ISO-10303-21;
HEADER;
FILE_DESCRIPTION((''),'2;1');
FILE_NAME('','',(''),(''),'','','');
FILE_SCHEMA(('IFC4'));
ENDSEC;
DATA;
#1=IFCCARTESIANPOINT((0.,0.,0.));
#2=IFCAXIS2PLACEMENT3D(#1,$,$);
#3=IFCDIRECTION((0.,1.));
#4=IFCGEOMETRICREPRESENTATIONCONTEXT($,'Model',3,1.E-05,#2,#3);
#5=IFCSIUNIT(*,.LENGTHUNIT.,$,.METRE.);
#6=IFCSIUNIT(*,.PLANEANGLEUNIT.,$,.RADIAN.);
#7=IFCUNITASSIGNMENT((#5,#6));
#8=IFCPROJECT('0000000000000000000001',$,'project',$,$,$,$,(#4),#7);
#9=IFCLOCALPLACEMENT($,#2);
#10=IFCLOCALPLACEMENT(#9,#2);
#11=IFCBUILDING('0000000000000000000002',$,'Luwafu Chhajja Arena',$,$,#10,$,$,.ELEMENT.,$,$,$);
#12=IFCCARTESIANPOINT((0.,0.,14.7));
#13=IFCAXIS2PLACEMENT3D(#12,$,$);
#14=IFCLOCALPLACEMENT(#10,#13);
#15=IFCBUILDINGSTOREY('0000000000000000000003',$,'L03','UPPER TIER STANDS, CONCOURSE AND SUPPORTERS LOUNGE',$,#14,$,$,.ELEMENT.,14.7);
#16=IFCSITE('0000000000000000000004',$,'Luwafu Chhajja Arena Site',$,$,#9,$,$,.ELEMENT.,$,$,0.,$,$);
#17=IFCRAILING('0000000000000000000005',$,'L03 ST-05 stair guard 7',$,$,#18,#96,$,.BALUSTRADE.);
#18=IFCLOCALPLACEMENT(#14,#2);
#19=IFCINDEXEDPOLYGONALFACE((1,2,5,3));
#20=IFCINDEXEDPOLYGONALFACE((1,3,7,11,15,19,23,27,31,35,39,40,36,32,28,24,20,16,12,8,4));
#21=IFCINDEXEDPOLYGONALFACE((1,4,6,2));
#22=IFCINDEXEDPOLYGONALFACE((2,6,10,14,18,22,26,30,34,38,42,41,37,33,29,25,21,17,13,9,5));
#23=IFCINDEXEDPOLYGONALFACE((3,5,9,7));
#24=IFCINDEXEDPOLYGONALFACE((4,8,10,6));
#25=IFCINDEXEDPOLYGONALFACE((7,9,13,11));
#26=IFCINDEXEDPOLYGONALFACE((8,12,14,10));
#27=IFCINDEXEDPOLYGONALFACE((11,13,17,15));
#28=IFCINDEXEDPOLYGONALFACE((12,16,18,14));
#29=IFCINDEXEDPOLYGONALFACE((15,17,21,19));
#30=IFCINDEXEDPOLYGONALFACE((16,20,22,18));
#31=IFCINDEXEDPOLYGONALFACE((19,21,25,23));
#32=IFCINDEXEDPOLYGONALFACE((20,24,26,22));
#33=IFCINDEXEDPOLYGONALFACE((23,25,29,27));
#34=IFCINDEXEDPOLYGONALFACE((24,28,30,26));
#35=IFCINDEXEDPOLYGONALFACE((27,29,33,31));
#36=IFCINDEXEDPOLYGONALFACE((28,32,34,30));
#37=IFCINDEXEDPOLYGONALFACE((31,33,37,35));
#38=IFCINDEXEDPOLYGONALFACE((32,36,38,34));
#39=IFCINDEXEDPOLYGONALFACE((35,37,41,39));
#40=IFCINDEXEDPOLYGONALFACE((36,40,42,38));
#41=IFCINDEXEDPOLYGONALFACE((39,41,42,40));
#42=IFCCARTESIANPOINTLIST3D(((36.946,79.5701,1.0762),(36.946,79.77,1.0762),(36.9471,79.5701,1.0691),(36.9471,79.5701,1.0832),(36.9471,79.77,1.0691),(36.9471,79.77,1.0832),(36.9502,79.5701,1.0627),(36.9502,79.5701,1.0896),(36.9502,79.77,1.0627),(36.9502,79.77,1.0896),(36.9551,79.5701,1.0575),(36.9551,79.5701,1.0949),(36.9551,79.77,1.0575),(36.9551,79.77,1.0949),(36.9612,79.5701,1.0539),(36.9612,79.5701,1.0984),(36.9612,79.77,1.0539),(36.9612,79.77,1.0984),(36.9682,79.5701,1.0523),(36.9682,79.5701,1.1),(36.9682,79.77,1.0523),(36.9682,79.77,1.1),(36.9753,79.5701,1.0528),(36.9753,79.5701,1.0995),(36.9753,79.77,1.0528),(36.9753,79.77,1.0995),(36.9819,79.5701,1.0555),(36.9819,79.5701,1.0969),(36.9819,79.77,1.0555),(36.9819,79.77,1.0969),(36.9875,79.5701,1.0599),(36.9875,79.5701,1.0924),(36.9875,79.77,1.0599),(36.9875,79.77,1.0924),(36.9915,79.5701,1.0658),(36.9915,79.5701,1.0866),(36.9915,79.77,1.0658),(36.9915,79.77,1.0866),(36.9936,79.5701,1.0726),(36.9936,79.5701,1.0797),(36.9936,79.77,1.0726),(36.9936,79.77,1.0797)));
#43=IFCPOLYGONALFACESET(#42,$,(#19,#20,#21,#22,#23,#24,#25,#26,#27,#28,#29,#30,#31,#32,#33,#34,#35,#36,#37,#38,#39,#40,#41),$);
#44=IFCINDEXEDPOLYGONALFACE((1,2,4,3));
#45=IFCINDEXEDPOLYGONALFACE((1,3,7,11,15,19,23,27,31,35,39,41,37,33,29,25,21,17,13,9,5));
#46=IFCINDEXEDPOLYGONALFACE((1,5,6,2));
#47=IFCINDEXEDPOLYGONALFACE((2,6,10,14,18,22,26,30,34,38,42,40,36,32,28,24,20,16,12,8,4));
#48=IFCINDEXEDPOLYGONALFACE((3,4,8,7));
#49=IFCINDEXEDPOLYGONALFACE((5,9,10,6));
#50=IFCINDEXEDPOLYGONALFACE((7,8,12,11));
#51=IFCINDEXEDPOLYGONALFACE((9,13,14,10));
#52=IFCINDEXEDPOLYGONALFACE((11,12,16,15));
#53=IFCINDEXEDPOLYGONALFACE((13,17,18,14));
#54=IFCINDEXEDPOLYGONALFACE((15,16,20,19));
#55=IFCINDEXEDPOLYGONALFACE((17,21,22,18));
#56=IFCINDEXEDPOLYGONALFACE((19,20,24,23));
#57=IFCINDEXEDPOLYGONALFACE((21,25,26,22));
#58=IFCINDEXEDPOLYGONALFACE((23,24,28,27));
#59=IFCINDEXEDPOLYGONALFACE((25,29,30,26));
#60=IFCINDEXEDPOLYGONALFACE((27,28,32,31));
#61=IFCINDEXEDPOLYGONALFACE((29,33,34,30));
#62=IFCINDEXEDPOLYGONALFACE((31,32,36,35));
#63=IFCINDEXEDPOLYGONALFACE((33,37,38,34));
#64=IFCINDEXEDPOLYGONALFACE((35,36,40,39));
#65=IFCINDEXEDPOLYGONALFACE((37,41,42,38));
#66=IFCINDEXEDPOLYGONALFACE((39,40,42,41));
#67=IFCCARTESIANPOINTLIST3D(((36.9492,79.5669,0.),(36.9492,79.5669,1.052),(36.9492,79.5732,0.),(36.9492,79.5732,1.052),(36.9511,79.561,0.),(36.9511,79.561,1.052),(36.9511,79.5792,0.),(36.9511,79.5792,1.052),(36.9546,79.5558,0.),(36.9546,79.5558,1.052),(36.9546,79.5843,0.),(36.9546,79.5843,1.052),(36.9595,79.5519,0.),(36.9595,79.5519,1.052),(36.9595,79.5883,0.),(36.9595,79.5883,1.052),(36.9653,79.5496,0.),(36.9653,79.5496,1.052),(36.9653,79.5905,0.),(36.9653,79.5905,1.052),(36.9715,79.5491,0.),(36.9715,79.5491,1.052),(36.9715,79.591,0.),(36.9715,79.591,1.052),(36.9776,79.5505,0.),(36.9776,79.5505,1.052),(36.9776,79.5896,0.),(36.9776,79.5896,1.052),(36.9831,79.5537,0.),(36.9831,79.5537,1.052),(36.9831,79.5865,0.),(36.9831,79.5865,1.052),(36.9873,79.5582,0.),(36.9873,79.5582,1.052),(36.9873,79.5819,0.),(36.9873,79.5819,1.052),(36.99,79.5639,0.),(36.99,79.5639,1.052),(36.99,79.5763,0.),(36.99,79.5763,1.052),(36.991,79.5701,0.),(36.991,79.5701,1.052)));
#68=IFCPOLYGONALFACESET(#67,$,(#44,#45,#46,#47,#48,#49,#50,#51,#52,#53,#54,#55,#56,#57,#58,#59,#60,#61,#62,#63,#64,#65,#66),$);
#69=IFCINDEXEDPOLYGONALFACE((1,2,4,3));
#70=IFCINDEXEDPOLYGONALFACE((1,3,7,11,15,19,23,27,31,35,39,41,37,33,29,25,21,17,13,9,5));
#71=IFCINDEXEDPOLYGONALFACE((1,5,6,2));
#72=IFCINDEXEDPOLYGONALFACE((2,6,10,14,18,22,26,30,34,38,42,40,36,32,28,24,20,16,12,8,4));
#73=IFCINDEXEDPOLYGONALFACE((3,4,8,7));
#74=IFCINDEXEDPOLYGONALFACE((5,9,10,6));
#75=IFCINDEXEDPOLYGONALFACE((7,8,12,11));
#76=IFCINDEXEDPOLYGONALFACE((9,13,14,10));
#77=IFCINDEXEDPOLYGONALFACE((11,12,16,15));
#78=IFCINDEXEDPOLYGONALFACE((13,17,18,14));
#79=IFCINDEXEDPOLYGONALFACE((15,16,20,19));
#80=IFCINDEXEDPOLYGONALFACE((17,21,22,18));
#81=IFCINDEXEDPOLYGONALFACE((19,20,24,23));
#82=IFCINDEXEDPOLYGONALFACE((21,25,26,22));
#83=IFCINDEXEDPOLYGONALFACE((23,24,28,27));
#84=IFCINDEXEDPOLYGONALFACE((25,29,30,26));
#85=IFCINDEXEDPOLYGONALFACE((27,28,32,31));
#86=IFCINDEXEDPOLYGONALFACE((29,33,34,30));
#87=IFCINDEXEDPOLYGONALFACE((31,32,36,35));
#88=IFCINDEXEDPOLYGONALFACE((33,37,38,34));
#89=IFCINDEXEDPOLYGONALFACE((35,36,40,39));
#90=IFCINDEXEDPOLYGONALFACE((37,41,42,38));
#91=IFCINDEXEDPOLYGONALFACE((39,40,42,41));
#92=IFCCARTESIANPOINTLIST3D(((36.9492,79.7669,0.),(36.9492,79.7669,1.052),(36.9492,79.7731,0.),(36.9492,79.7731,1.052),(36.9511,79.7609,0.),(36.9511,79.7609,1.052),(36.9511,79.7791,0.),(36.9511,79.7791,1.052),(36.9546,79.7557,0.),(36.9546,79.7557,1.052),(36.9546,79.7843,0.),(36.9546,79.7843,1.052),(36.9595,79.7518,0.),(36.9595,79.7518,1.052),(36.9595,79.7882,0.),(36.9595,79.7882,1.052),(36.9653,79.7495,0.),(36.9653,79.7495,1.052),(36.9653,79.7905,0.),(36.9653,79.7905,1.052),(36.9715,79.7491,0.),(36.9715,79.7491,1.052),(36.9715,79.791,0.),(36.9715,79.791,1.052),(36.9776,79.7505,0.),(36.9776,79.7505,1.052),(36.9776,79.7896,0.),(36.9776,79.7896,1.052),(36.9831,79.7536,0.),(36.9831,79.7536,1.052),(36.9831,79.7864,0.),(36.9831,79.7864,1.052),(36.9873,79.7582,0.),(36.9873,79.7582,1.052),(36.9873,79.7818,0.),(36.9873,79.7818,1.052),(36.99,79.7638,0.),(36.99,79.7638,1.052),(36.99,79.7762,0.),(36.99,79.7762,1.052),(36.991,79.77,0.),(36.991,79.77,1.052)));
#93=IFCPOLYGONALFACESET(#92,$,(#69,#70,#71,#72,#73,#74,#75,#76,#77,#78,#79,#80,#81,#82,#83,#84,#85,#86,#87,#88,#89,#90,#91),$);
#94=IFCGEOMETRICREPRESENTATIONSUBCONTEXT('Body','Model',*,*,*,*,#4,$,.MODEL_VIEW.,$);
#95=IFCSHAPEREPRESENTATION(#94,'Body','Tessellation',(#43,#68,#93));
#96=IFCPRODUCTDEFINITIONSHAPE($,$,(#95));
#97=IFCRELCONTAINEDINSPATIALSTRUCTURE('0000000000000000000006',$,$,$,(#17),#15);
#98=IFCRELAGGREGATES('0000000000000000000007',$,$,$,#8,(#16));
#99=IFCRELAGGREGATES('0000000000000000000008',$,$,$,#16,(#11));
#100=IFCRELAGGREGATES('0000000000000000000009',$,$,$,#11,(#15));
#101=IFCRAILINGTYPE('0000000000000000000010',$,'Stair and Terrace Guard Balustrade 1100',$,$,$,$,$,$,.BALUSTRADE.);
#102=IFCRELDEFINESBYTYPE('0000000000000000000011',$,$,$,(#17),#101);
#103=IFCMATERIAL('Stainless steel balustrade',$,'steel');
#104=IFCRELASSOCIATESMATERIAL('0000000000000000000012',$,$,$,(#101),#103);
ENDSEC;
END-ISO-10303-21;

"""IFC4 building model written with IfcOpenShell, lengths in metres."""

from ifc_helpers import new_model, si_unit, direction, frame, origin, origin_2d, place, context, subcontext, project, spatial, circle, extrude, material, type_object, element, save


model = new_model("IFC4")

# Units and contexts
model_context = context("Model", 3, precision=1e-05, world=origin(), true_north=direction((0.0, 1.0)))
body_context = subcontext(model_context, "Body", "Model", "MODEL_VIEW")
ifc_project = project(units=[si_unit("LENGTHUNIT", "METRE"), si_unit("PLANEANGLEUNIT", "RADIAN")], contexts=[model_context])

# Site, building, storey
site_placement = place(None, origin())
site = spatial("IfcSite", under=ifc_project, at=site_placement, Name="Luwafu Chhajja Arena Site", CompositionType="ELEMENT", RefElevation=0.0)
building_placement = place(site_placement, origin())
building = spatial("IfcBuilding", under=site, at=building_placement, Name="Luwafu Chhajja Arena", CompositionType="ELEMENT")
storey_placement = place(building_placement, frame((0.0, 0.0, 14.7)))
storey = spatial("IfcBuildingStorey", under=building, at=storey_placement, Name="L03", Description="UPPER TIER STANDS, CONCOURSE AND SUPPORTERS LOUNGE", CompositionType="ELEMENT", Elevation=14.7)

# Railing
ifc_material_1 = material(Name="Stainless steel balustrade", Category="steel")
railing_type_1 = type_object("IfcRailingType", Name="Stair and Terrace Guard Balustrade 1100", PredefinedType="BALUSTRADE", material=ifc_material_1)
railing_1_placement = place(storey_placement, frame((36.97, 79.5701, 0.0)))
element("IfcRailing", 1, at=railing_1_placement, inside=storey, type_object=railing_type_1, Name="L03 ST-05 stair guard 7", PredefinedType="BALUSTRADE", context=body_context, shape_type="SweptSolid", body=[
    extrude(circle(Radius=0.0239, at=origin_2d()), frame((0.0, 0.0, 1.0762), z_axis=(0.0, 1.0, 0.0), x_axis=(-1.0, 0.0, 0.0)), (0.0, 0.0, 1.0), 0.2),
    extrude(circle(Radius=0.021, at=origin_2d()), origin(), (0.0, 0.0, 1.0), 1.052),
    extrude(circle(Radius=0.021, at=origin_2d()), frame((0.0, 0.2, 0.0)), (0.0, 0.0, 1.0), 1.052),
])

save(model, "model.ifc")
